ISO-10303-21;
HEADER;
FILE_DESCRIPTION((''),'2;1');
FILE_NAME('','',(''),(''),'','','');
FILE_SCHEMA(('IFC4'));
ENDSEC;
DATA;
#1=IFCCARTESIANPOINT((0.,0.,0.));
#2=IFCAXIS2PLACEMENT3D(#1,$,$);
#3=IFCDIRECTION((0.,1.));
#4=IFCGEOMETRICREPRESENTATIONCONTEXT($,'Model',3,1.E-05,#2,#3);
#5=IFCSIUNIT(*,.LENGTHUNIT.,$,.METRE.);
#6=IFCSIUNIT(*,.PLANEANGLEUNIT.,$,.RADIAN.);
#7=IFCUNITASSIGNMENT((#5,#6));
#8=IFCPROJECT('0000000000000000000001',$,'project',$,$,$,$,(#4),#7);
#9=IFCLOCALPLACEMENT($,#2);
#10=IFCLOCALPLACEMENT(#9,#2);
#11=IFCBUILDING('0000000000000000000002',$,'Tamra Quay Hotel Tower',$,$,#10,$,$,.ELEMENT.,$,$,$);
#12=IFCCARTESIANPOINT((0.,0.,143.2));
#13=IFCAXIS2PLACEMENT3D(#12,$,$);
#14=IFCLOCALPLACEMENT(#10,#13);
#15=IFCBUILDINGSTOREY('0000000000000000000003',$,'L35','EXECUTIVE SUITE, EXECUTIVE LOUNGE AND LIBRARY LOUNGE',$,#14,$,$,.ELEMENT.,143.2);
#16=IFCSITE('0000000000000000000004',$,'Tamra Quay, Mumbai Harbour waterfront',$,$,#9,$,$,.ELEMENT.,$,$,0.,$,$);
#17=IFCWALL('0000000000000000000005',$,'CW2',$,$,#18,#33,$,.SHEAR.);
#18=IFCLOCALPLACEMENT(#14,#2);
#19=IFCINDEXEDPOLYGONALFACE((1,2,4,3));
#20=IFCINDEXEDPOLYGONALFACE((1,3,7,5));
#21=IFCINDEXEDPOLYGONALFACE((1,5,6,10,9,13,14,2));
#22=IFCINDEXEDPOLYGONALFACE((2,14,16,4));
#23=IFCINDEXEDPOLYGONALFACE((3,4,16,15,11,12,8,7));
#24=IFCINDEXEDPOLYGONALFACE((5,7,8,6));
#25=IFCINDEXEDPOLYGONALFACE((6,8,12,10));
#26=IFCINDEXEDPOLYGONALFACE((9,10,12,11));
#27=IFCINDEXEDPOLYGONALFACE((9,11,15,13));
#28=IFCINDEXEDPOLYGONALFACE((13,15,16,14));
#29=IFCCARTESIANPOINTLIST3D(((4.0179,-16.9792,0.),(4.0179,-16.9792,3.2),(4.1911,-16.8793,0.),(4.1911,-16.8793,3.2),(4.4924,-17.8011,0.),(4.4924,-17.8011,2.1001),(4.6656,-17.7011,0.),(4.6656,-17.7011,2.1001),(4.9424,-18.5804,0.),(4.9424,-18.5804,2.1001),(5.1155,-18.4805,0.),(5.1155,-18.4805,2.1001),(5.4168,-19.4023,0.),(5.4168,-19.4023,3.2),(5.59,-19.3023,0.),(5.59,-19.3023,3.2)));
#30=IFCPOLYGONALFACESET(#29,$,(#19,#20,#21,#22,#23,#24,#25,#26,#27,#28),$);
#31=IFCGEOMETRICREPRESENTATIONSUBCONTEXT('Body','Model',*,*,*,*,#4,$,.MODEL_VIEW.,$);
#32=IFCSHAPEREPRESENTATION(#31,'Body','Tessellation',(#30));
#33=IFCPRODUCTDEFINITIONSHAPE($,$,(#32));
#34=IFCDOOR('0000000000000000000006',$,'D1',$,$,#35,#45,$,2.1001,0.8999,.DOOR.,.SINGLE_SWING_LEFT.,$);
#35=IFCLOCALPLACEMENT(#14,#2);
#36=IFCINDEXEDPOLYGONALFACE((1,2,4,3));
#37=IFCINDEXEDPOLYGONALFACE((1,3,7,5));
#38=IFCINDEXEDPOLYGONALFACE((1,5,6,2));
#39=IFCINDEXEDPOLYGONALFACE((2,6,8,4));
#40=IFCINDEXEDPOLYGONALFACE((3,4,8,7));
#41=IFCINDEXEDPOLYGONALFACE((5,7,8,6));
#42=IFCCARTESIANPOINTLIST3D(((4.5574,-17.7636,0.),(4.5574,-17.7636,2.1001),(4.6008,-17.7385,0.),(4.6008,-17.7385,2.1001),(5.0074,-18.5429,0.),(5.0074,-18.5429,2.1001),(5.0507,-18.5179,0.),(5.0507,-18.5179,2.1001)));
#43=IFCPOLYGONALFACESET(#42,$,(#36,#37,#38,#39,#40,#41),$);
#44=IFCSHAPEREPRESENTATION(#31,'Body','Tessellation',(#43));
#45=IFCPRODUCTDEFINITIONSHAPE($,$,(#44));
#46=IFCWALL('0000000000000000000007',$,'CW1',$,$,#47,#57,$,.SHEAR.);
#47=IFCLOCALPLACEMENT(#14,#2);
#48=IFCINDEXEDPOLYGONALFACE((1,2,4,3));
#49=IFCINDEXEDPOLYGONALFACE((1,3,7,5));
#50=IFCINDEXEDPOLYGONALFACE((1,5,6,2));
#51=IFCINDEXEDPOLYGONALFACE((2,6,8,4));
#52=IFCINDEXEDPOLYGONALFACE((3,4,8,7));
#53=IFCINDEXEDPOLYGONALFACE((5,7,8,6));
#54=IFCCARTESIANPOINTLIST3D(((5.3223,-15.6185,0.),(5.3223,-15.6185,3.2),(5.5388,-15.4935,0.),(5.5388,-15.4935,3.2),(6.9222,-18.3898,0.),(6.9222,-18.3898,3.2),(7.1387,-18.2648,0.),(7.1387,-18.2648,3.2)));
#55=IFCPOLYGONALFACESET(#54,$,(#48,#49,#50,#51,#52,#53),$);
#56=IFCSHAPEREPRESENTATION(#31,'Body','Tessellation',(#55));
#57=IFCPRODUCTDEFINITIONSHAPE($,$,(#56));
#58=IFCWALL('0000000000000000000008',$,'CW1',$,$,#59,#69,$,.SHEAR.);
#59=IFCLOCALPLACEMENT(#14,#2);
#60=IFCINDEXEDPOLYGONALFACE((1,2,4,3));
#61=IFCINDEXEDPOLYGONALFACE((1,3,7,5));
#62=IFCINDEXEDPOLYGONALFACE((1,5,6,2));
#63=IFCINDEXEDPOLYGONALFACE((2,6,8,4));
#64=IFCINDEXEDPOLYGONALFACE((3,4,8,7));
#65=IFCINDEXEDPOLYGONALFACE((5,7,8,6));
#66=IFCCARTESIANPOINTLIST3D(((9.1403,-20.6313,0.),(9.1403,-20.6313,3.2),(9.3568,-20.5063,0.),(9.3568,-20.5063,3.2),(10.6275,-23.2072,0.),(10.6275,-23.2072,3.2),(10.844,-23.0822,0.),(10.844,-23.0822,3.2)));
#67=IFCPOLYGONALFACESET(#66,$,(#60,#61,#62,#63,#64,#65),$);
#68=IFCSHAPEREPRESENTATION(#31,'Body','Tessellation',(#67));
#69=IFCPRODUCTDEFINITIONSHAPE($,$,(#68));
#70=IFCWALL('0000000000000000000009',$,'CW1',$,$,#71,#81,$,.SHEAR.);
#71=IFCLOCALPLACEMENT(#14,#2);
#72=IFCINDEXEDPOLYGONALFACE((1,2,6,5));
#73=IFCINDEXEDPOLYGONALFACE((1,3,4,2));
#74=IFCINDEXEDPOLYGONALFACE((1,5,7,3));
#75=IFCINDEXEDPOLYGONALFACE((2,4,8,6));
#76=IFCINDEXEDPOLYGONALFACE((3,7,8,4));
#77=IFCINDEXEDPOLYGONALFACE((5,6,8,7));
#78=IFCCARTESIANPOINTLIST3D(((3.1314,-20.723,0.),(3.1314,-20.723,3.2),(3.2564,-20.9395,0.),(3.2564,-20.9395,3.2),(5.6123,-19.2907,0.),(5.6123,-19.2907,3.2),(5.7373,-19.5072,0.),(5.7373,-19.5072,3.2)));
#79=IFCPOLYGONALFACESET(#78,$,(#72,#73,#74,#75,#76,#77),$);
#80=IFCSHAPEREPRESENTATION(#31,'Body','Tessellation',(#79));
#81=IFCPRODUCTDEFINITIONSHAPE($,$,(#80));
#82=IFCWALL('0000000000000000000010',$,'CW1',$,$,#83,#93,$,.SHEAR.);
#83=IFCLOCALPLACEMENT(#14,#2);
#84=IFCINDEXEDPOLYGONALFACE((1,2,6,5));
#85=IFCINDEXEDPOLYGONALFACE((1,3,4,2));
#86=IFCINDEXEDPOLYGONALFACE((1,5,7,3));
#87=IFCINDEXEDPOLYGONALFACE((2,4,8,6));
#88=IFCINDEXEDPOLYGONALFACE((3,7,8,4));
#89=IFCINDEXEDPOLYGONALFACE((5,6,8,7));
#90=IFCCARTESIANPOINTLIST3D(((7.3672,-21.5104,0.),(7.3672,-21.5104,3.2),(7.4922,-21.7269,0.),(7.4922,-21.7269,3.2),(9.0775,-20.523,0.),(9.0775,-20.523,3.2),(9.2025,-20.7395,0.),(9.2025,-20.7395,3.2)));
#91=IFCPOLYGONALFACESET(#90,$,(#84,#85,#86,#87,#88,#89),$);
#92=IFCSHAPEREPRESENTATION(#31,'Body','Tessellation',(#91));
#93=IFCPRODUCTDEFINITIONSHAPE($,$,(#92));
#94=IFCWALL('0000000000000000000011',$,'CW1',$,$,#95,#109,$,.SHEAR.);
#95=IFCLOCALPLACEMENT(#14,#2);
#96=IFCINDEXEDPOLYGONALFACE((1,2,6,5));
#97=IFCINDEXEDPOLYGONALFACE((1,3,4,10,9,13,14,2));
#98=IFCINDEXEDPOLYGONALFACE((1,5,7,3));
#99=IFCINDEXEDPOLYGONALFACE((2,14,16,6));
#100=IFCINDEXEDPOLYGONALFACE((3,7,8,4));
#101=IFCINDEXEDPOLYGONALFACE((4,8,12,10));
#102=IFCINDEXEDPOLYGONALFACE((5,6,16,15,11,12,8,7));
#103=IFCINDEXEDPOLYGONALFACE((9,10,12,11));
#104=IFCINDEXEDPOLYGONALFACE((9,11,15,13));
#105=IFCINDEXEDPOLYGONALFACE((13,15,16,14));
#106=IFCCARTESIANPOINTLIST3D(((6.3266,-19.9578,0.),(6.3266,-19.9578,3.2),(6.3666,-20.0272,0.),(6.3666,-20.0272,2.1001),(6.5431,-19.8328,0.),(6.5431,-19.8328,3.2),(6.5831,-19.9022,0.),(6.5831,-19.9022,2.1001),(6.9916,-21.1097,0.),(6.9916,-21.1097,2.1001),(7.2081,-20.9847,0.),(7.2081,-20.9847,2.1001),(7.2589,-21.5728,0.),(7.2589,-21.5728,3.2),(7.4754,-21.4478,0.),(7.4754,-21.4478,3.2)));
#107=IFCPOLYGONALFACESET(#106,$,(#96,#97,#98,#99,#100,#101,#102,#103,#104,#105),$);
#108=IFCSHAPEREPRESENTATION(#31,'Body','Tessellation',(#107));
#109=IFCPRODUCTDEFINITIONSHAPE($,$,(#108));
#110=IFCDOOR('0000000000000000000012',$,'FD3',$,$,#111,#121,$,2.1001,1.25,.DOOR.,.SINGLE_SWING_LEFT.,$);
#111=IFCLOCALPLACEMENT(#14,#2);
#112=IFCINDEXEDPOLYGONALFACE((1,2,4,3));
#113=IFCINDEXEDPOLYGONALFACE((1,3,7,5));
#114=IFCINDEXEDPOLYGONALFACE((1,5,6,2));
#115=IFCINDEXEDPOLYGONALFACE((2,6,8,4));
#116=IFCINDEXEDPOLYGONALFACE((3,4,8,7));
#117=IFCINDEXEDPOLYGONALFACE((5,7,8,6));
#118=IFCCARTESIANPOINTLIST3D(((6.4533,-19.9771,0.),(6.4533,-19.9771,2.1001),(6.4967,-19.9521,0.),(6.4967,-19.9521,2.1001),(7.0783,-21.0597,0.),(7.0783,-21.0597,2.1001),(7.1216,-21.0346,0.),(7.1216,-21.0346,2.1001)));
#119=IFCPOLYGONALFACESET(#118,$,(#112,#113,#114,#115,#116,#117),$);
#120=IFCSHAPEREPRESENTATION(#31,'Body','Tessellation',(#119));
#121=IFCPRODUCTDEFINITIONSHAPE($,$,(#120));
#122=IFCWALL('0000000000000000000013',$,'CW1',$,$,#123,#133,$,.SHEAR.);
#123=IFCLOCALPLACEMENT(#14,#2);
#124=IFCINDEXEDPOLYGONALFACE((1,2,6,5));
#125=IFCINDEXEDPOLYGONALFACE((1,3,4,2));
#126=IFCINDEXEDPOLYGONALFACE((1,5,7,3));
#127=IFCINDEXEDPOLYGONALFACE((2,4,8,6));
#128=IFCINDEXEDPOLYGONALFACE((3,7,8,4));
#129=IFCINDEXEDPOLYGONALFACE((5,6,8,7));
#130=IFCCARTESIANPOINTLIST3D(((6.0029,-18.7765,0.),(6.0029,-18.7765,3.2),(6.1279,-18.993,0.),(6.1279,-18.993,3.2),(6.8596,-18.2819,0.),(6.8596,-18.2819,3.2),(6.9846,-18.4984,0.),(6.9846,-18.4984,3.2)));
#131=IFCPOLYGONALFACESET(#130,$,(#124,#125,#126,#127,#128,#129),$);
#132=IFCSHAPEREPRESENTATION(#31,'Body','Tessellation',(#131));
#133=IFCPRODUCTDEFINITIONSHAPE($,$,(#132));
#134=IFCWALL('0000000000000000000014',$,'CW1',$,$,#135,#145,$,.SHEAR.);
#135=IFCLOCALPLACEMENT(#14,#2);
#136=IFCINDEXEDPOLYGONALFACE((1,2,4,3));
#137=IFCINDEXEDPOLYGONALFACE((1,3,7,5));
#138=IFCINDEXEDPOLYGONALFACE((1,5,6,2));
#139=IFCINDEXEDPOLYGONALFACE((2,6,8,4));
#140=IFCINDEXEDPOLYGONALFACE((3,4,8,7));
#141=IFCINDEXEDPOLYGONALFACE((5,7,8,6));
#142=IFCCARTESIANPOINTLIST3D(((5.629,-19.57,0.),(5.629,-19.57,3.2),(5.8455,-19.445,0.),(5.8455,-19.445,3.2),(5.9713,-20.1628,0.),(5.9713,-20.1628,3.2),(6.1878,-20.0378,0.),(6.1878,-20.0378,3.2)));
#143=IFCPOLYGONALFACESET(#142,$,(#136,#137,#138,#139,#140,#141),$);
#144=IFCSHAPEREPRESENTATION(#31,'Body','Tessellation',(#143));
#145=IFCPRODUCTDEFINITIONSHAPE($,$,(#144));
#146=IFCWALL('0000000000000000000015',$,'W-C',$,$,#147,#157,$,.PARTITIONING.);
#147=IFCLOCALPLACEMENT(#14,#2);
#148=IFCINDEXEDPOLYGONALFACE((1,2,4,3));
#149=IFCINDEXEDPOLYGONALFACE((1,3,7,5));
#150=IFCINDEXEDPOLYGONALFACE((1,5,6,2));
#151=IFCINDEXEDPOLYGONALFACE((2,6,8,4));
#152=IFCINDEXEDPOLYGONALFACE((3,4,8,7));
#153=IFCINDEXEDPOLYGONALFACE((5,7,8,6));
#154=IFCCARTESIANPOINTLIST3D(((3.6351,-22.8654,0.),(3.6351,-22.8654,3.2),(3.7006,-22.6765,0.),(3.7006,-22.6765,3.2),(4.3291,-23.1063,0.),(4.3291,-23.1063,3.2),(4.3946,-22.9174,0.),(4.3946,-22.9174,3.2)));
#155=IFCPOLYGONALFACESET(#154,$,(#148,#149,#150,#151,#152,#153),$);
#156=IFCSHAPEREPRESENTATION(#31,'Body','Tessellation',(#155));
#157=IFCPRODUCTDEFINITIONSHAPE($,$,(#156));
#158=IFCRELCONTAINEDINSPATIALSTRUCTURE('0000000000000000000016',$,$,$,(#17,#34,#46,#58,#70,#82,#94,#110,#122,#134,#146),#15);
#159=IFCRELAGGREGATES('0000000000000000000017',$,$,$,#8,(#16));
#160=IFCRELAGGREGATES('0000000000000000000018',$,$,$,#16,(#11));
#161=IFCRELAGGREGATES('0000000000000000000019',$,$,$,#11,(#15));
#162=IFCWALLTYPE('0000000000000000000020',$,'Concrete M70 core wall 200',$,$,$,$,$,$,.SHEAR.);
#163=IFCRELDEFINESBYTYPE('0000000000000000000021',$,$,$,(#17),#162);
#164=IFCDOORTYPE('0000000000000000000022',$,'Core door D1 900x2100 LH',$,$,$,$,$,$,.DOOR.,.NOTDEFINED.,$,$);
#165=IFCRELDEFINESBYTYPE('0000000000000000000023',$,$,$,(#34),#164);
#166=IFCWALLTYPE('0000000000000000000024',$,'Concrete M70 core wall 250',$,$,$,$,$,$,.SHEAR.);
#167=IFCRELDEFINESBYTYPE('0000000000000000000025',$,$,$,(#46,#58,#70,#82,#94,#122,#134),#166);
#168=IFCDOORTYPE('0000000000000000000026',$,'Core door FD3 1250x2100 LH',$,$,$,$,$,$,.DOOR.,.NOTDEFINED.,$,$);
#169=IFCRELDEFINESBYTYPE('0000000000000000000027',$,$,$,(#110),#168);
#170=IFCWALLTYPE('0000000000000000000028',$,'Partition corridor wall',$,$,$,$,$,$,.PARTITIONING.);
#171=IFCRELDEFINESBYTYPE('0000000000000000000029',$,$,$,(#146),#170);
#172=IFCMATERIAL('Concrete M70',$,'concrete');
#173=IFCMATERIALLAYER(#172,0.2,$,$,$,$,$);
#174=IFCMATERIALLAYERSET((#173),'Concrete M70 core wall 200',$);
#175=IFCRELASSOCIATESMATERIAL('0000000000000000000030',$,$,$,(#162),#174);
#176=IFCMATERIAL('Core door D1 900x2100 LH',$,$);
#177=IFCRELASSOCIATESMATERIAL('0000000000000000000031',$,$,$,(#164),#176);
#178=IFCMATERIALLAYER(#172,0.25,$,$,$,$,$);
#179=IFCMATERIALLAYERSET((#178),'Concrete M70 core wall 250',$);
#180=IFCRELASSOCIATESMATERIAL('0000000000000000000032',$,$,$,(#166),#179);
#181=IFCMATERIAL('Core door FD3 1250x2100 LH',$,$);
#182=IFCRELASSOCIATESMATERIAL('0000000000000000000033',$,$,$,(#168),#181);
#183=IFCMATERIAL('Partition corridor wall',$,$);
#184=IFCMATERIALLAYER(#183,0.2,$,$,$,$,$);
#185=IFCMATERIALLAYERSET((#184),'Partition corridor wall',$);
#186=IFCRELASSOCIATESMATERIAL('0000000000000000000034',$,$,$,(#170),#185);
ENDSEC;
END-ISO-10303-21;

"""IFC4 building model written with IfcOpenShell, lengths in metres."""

from ifc_helpers import new_model, si_unit, direction, frame, frame_2d, origin, place, context, subcontext, project, spatial, rectangle, extrude, material, layer, layer_set, type_object, element, fill, save


model = new_model("IFC4")

# Units and contexts
model_context = context("Model", 3, precision=1e-05, world=origin(), true_north=direction((0.0, 1.0)))
body_context = subcontext(model_context, "Body", "Model", "MODEL_VIEW")
ifc_project = project(units=[si_unit("LENGTHUNIT", "METRE"), si_unit("PLANEANGLEUNIT", "RADIAN")], contexts=[model_context])

# Site, building, storey
site_placement = place(None, origin())
site = spatial("IfcSite", under=ifc_project, at=site_placement, Name="Tamra Quay, Mumbai Harbour waterfront", CompositionType="ELEMENT", RefElevation=0.0)
building_placement = place(site_placement, origin())
building = spatial("IfcBuilding", under=site, at=building_placement, Name="Tamra Quay Hotel Tower", CompositionType="ELEMENT")
storey_placement = place(building_placement, frame((0.0, 0.0, 143.2)))
storey = spatial("IfcBuildingStorey", under=building, at=storey_placement, Name="L35", Description="EXECUTIVE SUITE, EXECUTIVE LOUNGE AND LIBRARY LOUNGE", CompositionType="ELEMENT", Elevation=143.2)

# Shared definitions
ifc_material_1 = material(Name="Concrete M70", Category="concrete")

# Shared definitions
ifc_layer_1 = layer(ifc_material_1, 0.2)
ifc_layer_set_1 = layer_set([ifc_layer_1], Name="Concrete M70 core wall 200")
wall_type_1 = type_object("IfcWallType", Name="Concrete M70 core wall 200", PredefinedType="SHEAR", material=ifc_layer_set_1)

# Wall, opening, door
wall_1_placement = place(storey_placement, frame((5.5034, -19.3523, 0.0), z_axis=(0.0, 0.0, 1.0), x_axis=(-0.499987, 0.866033, 0.0)))
wall_1 = element("IfcWall", 1, at=wall_1_placement, inside=storey, type_object=wall_type_1, Name="CW2", PredefinedType="SHEAR", context=body_context, shape_type="SweptSolid", body=[
    extrude(rectangle(XDim=2.7979, YDim=0.2, at=frame_2d((1.3989, 0.0))), origin(), (0.0, 0.0, 1.0), 3.2),
])
opening_1_placement = place(wall_1_placement, frame((0.949, 0.0, 0.0)))
opening_1 = element("IfcOpeningElement", 2, at=opening_1_placement, cuts=wall_1, PredefinedType="OPENING", context=body_context, shape_type="SweptSolid", body=[
    extrude(rectangle(XDim=0.8999, YDim=2.1001, at=frame_2d((0.45, 1.05))), frame((0.0, 0.1099, 0.0), z_axis=(0.0, -1.0, 0.0), x_axis=(1.0, 0.0, 0.0)), (0.0, 0.0, 1.0), 0.22),
])
ifc_material_2 = material(Name="Core door D1 900x2100 LH")
door_type_1 = type_object("IfcDoorType", Name="Core door D1 900x2100 LH", OperationType="NOTDEFINED", PredefinedType="DOOR", material=ifc_material_2)
door_1_placement = place(opening_1_placement, origin())
door_1 = element("IfcDoor", 3, at=door_1_placement, inside=storey, type_object=door_type_1, Name="D1", OperationType="SINGLE_SWING_LEFT", OverallHeight=2.1001, OverallWidth=0.8999, PredefinedType="DOOR", context=body_context, shape_type="SweptSolid", body=[
    extrude(rectangle(XDim=0.8999, YDim=2.1001, at=frame_2d((0.45, 1.05))), frame((0.0, 0.0249, 0.0), z_axis=(0.0, -1.0, 0.0), x_axis=(1.0, 0.0, 0.0)), (0.0, 0.0, 1.0), 0.05),
])
fill(opening_1, door_1)

# Walls
ifc_layer_2 = layer(ifc_material_1, 0.25)
ifc_layer_set_2 = layer_set([ifc_layer_2], Name="Concrete M70 core wall 250")
wall_type_2 = type_object("IfcWallType", Name="Concrete M70 core wall 250", PredefinedType="SHEAR", material=ifc_layer_set_2)
wall_2_placement = place(storey_placement, frame((7.0305, -18.3274, 0.0), z_axis=(0.0, 0.0, 1.0), x_axis=(-0.499971, 0.866042, 0.0)))
element("IfcWall", 4, at=wall_2_placement, inside=storey, type_object=wall_type_2, Name="CW1", PredefinedType="SHEAR", context=body_context, shape_type="SweptSolid", body=[
    extrude(rectangle(XDim=3.2, YDim=0.25, at=frame_2d((1.6001, 0.0))), origin(), (0.0, 0.0, 1.0), 3.2),
])
wall_3_placement = place(storey_placement, frame((10.7358, -23.1448, 0.0), z_axis=(0.0, 0.0, 1.0), x_axis=(-0.500023, 0.866012, 0.0)))
element("IfcWall", 5, at=wall_3_placement, inside=storey, type_object=wall_type_2, Name="CW1", PredefinedType="SHEAR", context=body_context, shape_type="SweptSolid", body=[
    extrude(rectangle(XDim=2.9744, YDim=0.25, at=frame_2d((1.4873, 0.0))), origin(), (0.0, 0.0, 1.0), 3.2),
])
wall_4_placement = place(storey_placement, frame((5.6748, -19.3989, 0.0), z_axis=(0.0, 0.0, 1.0), x_axis=(-0.866027, -0.499998, 0.0)))
element("IfcWall", 6, at=wall_4_placement, inside=storey, type_object=wall_type_2, Name="CW1", PredefinedType="SHEAR", context=body_context, shape_type="SweptSolid", body=[
    extrude(rectangle(XDim=2.8647, YDim=0.25, at=frame_2d((1.4324, 0.0))), origin(), (0.0, 0.0, 1.0), 3.2),
])
wall_5_placement = place(storey_placement, frame((9.1399, -20.6313, 0.0), z_axis=(0.0, 0.0, 1.0), x_axis=(-0.866044, -0.499969, 0.0)))
element("IfcWall", 7, at=wall_5_placement, inside=storey, type_object=wall_type_2, Name="CW1", PredefinedType="SHEAR", context=body_context, shape_type="SweptSolid", body=[
    extrude(rectangle(XDim=1.9749, YDim=0.25, at=frame_2d((0.9873, 0.0))), origin(), (0.0, 0.0, 1.0), 3.2),
])

# Wall, opening, door
wall_6_placement = place(storey_placement, frame((7.3672, -21.5103, 0.0), z_axis=(0.0, 0.0, 1.0), x_axis=(-0.499983, 0.866035, 0.0)))
wall_6 = element("IfcWall", 8, at=wall_6_placement, inside=storey, type_object=wall_type_2, Name="CW1", PredefinedType="SHEAR", context=body_context, shape_type="SweptSolid", body=[
    extrude(rectangle(XDim=1.8647, YDim=0.25, at=frame_2d((0.9324, 0.0))), origin(), (0.0, 0.0, 1.0), 3.2),
])
opening_2_placement = place(wall_6_placement, frame((0.5347, 0.0, 0.0)))
opening_2 = element("IfcOpeningElement", 9, at=opening_2_placement, cuts=wall_6, PredefinedType="OPENING", context=body_context, shape_type="SweptSolid", body=[
    extrude(rectangle(XDim=1.25, YDim=2.1001, at=frame_2d((0.625, 1.05))), frame((0.0, 0.135, 0.0), z_axis=(0.0, -1.0, 0.0), x_axis=(1.0, 0.0, 0.0)), (0.0, 0.0, 1.0), 0.27),
])
ifc_material_3 = material(Name="Core door FD3 1250x2100 LH")
door_type_2 = type_object("IfcDoorType", Name="Core door FD3 1250x2100 LH", OperationType="NOTDEFINED", PredefinedType="DOOR", material=ifc_material_3)
door_2_placement = place(opening_2_placement, origin())
door_2 = element("IfcDoor", 10, at=door_2_placement, inside=storey, type_object=door_type_2, Name="FD3", OperationType="SINGLE_SWING_LEFT", OverallHeight=2.1001, OverallWidth=1.25, PredefinedType="DOOR", context=body_context, shape_type="SweptSolid", body=[
    extrude(rectangle(XDim=1.25, YDim=2.1001, at=frame_2d((0.625, 1.05))), frame((0.0, 0.0249, 0.0), z_axis=(0.0, -1.0, 0.0), x_axis=(1.0, 0.0, 0.0)), (0.0, 0.0, 1.0), 0.05),
])
fill(opening_2, door_2)

# Walls
wall_7_placement = place(storey_placement, frame((6.0654, -18.8848, 0.0), z_axis=(0.0, 0.0, 1.0), x_axis=(0.866017, 0.500014, 0.0)))
element("IfcWall", 11, at=wall_7_placement, inside=storey, type_object=wall_type_2, Name="CW1", PredefinedType="SHEAR", context=body_context, shape_type="SweptSolid", body=[
    extrude(rectangle(XDim=0.9893, YDim=0.25, at=frame_2d((0.4946, 0.0))), origin(), (0.0, 0.0, 1.0), 3.2),
])
wall_8_placement = place(storey_placement, frame((6.0796, -20.1003, 0.0), z_axis=(0.0, 0.0, 1.0), x_axis=(-0.500052, 0.865996, 0.0)))
element("IfcWall", 12, at=wall_8_placement, inside=storey, type_object=wall_type_2, Name="CW1", PredefinedType="SHEAR", context=body_context, shape_type="SweptSolid", body=[
    extrude(rectangle(XDim=0.6846, YDim=0.25, at=frame_2d((0.3423, 0.0))), origin(), (0.0, 0.0, 1.0), 3.2),
])
ifc_material_4 = material(Name="Partition corridor wall")
ifc_layer_3 = layer(ifc_material_4, 0.2)
ifc_layer_set_3 = layer_set([ifc_layer_3], Name="Partition corridor wall")
wall_type_3 = type_object("IfcWallType", Name="Partition corridor wall", PredefinedType="PARTITIONING", material=ifc_layer_set_3)
wall_9_placement = place(storey_placement, frame((3.668, -22.771, 0.0), z_axis=(0.0, 0.0, 1.0), x_axis=(0.944689, -0.327966, 0.0)))
element("IfcWall", 13, at=wall_9_placement, inside=storey, type_object=wall_type_3, Name="W-C", PredefinedType="PARTITIONING", context=body_context, shape_type="SweptSolid", body=[
    extrude(rectangle(XDim=0.7346, YDim=0.2, at=frame_2d((0.3672, 0.0))), origin(), (0.0, 0.0, 1.0), 3.2),
])

save(model, "model.ifc")
